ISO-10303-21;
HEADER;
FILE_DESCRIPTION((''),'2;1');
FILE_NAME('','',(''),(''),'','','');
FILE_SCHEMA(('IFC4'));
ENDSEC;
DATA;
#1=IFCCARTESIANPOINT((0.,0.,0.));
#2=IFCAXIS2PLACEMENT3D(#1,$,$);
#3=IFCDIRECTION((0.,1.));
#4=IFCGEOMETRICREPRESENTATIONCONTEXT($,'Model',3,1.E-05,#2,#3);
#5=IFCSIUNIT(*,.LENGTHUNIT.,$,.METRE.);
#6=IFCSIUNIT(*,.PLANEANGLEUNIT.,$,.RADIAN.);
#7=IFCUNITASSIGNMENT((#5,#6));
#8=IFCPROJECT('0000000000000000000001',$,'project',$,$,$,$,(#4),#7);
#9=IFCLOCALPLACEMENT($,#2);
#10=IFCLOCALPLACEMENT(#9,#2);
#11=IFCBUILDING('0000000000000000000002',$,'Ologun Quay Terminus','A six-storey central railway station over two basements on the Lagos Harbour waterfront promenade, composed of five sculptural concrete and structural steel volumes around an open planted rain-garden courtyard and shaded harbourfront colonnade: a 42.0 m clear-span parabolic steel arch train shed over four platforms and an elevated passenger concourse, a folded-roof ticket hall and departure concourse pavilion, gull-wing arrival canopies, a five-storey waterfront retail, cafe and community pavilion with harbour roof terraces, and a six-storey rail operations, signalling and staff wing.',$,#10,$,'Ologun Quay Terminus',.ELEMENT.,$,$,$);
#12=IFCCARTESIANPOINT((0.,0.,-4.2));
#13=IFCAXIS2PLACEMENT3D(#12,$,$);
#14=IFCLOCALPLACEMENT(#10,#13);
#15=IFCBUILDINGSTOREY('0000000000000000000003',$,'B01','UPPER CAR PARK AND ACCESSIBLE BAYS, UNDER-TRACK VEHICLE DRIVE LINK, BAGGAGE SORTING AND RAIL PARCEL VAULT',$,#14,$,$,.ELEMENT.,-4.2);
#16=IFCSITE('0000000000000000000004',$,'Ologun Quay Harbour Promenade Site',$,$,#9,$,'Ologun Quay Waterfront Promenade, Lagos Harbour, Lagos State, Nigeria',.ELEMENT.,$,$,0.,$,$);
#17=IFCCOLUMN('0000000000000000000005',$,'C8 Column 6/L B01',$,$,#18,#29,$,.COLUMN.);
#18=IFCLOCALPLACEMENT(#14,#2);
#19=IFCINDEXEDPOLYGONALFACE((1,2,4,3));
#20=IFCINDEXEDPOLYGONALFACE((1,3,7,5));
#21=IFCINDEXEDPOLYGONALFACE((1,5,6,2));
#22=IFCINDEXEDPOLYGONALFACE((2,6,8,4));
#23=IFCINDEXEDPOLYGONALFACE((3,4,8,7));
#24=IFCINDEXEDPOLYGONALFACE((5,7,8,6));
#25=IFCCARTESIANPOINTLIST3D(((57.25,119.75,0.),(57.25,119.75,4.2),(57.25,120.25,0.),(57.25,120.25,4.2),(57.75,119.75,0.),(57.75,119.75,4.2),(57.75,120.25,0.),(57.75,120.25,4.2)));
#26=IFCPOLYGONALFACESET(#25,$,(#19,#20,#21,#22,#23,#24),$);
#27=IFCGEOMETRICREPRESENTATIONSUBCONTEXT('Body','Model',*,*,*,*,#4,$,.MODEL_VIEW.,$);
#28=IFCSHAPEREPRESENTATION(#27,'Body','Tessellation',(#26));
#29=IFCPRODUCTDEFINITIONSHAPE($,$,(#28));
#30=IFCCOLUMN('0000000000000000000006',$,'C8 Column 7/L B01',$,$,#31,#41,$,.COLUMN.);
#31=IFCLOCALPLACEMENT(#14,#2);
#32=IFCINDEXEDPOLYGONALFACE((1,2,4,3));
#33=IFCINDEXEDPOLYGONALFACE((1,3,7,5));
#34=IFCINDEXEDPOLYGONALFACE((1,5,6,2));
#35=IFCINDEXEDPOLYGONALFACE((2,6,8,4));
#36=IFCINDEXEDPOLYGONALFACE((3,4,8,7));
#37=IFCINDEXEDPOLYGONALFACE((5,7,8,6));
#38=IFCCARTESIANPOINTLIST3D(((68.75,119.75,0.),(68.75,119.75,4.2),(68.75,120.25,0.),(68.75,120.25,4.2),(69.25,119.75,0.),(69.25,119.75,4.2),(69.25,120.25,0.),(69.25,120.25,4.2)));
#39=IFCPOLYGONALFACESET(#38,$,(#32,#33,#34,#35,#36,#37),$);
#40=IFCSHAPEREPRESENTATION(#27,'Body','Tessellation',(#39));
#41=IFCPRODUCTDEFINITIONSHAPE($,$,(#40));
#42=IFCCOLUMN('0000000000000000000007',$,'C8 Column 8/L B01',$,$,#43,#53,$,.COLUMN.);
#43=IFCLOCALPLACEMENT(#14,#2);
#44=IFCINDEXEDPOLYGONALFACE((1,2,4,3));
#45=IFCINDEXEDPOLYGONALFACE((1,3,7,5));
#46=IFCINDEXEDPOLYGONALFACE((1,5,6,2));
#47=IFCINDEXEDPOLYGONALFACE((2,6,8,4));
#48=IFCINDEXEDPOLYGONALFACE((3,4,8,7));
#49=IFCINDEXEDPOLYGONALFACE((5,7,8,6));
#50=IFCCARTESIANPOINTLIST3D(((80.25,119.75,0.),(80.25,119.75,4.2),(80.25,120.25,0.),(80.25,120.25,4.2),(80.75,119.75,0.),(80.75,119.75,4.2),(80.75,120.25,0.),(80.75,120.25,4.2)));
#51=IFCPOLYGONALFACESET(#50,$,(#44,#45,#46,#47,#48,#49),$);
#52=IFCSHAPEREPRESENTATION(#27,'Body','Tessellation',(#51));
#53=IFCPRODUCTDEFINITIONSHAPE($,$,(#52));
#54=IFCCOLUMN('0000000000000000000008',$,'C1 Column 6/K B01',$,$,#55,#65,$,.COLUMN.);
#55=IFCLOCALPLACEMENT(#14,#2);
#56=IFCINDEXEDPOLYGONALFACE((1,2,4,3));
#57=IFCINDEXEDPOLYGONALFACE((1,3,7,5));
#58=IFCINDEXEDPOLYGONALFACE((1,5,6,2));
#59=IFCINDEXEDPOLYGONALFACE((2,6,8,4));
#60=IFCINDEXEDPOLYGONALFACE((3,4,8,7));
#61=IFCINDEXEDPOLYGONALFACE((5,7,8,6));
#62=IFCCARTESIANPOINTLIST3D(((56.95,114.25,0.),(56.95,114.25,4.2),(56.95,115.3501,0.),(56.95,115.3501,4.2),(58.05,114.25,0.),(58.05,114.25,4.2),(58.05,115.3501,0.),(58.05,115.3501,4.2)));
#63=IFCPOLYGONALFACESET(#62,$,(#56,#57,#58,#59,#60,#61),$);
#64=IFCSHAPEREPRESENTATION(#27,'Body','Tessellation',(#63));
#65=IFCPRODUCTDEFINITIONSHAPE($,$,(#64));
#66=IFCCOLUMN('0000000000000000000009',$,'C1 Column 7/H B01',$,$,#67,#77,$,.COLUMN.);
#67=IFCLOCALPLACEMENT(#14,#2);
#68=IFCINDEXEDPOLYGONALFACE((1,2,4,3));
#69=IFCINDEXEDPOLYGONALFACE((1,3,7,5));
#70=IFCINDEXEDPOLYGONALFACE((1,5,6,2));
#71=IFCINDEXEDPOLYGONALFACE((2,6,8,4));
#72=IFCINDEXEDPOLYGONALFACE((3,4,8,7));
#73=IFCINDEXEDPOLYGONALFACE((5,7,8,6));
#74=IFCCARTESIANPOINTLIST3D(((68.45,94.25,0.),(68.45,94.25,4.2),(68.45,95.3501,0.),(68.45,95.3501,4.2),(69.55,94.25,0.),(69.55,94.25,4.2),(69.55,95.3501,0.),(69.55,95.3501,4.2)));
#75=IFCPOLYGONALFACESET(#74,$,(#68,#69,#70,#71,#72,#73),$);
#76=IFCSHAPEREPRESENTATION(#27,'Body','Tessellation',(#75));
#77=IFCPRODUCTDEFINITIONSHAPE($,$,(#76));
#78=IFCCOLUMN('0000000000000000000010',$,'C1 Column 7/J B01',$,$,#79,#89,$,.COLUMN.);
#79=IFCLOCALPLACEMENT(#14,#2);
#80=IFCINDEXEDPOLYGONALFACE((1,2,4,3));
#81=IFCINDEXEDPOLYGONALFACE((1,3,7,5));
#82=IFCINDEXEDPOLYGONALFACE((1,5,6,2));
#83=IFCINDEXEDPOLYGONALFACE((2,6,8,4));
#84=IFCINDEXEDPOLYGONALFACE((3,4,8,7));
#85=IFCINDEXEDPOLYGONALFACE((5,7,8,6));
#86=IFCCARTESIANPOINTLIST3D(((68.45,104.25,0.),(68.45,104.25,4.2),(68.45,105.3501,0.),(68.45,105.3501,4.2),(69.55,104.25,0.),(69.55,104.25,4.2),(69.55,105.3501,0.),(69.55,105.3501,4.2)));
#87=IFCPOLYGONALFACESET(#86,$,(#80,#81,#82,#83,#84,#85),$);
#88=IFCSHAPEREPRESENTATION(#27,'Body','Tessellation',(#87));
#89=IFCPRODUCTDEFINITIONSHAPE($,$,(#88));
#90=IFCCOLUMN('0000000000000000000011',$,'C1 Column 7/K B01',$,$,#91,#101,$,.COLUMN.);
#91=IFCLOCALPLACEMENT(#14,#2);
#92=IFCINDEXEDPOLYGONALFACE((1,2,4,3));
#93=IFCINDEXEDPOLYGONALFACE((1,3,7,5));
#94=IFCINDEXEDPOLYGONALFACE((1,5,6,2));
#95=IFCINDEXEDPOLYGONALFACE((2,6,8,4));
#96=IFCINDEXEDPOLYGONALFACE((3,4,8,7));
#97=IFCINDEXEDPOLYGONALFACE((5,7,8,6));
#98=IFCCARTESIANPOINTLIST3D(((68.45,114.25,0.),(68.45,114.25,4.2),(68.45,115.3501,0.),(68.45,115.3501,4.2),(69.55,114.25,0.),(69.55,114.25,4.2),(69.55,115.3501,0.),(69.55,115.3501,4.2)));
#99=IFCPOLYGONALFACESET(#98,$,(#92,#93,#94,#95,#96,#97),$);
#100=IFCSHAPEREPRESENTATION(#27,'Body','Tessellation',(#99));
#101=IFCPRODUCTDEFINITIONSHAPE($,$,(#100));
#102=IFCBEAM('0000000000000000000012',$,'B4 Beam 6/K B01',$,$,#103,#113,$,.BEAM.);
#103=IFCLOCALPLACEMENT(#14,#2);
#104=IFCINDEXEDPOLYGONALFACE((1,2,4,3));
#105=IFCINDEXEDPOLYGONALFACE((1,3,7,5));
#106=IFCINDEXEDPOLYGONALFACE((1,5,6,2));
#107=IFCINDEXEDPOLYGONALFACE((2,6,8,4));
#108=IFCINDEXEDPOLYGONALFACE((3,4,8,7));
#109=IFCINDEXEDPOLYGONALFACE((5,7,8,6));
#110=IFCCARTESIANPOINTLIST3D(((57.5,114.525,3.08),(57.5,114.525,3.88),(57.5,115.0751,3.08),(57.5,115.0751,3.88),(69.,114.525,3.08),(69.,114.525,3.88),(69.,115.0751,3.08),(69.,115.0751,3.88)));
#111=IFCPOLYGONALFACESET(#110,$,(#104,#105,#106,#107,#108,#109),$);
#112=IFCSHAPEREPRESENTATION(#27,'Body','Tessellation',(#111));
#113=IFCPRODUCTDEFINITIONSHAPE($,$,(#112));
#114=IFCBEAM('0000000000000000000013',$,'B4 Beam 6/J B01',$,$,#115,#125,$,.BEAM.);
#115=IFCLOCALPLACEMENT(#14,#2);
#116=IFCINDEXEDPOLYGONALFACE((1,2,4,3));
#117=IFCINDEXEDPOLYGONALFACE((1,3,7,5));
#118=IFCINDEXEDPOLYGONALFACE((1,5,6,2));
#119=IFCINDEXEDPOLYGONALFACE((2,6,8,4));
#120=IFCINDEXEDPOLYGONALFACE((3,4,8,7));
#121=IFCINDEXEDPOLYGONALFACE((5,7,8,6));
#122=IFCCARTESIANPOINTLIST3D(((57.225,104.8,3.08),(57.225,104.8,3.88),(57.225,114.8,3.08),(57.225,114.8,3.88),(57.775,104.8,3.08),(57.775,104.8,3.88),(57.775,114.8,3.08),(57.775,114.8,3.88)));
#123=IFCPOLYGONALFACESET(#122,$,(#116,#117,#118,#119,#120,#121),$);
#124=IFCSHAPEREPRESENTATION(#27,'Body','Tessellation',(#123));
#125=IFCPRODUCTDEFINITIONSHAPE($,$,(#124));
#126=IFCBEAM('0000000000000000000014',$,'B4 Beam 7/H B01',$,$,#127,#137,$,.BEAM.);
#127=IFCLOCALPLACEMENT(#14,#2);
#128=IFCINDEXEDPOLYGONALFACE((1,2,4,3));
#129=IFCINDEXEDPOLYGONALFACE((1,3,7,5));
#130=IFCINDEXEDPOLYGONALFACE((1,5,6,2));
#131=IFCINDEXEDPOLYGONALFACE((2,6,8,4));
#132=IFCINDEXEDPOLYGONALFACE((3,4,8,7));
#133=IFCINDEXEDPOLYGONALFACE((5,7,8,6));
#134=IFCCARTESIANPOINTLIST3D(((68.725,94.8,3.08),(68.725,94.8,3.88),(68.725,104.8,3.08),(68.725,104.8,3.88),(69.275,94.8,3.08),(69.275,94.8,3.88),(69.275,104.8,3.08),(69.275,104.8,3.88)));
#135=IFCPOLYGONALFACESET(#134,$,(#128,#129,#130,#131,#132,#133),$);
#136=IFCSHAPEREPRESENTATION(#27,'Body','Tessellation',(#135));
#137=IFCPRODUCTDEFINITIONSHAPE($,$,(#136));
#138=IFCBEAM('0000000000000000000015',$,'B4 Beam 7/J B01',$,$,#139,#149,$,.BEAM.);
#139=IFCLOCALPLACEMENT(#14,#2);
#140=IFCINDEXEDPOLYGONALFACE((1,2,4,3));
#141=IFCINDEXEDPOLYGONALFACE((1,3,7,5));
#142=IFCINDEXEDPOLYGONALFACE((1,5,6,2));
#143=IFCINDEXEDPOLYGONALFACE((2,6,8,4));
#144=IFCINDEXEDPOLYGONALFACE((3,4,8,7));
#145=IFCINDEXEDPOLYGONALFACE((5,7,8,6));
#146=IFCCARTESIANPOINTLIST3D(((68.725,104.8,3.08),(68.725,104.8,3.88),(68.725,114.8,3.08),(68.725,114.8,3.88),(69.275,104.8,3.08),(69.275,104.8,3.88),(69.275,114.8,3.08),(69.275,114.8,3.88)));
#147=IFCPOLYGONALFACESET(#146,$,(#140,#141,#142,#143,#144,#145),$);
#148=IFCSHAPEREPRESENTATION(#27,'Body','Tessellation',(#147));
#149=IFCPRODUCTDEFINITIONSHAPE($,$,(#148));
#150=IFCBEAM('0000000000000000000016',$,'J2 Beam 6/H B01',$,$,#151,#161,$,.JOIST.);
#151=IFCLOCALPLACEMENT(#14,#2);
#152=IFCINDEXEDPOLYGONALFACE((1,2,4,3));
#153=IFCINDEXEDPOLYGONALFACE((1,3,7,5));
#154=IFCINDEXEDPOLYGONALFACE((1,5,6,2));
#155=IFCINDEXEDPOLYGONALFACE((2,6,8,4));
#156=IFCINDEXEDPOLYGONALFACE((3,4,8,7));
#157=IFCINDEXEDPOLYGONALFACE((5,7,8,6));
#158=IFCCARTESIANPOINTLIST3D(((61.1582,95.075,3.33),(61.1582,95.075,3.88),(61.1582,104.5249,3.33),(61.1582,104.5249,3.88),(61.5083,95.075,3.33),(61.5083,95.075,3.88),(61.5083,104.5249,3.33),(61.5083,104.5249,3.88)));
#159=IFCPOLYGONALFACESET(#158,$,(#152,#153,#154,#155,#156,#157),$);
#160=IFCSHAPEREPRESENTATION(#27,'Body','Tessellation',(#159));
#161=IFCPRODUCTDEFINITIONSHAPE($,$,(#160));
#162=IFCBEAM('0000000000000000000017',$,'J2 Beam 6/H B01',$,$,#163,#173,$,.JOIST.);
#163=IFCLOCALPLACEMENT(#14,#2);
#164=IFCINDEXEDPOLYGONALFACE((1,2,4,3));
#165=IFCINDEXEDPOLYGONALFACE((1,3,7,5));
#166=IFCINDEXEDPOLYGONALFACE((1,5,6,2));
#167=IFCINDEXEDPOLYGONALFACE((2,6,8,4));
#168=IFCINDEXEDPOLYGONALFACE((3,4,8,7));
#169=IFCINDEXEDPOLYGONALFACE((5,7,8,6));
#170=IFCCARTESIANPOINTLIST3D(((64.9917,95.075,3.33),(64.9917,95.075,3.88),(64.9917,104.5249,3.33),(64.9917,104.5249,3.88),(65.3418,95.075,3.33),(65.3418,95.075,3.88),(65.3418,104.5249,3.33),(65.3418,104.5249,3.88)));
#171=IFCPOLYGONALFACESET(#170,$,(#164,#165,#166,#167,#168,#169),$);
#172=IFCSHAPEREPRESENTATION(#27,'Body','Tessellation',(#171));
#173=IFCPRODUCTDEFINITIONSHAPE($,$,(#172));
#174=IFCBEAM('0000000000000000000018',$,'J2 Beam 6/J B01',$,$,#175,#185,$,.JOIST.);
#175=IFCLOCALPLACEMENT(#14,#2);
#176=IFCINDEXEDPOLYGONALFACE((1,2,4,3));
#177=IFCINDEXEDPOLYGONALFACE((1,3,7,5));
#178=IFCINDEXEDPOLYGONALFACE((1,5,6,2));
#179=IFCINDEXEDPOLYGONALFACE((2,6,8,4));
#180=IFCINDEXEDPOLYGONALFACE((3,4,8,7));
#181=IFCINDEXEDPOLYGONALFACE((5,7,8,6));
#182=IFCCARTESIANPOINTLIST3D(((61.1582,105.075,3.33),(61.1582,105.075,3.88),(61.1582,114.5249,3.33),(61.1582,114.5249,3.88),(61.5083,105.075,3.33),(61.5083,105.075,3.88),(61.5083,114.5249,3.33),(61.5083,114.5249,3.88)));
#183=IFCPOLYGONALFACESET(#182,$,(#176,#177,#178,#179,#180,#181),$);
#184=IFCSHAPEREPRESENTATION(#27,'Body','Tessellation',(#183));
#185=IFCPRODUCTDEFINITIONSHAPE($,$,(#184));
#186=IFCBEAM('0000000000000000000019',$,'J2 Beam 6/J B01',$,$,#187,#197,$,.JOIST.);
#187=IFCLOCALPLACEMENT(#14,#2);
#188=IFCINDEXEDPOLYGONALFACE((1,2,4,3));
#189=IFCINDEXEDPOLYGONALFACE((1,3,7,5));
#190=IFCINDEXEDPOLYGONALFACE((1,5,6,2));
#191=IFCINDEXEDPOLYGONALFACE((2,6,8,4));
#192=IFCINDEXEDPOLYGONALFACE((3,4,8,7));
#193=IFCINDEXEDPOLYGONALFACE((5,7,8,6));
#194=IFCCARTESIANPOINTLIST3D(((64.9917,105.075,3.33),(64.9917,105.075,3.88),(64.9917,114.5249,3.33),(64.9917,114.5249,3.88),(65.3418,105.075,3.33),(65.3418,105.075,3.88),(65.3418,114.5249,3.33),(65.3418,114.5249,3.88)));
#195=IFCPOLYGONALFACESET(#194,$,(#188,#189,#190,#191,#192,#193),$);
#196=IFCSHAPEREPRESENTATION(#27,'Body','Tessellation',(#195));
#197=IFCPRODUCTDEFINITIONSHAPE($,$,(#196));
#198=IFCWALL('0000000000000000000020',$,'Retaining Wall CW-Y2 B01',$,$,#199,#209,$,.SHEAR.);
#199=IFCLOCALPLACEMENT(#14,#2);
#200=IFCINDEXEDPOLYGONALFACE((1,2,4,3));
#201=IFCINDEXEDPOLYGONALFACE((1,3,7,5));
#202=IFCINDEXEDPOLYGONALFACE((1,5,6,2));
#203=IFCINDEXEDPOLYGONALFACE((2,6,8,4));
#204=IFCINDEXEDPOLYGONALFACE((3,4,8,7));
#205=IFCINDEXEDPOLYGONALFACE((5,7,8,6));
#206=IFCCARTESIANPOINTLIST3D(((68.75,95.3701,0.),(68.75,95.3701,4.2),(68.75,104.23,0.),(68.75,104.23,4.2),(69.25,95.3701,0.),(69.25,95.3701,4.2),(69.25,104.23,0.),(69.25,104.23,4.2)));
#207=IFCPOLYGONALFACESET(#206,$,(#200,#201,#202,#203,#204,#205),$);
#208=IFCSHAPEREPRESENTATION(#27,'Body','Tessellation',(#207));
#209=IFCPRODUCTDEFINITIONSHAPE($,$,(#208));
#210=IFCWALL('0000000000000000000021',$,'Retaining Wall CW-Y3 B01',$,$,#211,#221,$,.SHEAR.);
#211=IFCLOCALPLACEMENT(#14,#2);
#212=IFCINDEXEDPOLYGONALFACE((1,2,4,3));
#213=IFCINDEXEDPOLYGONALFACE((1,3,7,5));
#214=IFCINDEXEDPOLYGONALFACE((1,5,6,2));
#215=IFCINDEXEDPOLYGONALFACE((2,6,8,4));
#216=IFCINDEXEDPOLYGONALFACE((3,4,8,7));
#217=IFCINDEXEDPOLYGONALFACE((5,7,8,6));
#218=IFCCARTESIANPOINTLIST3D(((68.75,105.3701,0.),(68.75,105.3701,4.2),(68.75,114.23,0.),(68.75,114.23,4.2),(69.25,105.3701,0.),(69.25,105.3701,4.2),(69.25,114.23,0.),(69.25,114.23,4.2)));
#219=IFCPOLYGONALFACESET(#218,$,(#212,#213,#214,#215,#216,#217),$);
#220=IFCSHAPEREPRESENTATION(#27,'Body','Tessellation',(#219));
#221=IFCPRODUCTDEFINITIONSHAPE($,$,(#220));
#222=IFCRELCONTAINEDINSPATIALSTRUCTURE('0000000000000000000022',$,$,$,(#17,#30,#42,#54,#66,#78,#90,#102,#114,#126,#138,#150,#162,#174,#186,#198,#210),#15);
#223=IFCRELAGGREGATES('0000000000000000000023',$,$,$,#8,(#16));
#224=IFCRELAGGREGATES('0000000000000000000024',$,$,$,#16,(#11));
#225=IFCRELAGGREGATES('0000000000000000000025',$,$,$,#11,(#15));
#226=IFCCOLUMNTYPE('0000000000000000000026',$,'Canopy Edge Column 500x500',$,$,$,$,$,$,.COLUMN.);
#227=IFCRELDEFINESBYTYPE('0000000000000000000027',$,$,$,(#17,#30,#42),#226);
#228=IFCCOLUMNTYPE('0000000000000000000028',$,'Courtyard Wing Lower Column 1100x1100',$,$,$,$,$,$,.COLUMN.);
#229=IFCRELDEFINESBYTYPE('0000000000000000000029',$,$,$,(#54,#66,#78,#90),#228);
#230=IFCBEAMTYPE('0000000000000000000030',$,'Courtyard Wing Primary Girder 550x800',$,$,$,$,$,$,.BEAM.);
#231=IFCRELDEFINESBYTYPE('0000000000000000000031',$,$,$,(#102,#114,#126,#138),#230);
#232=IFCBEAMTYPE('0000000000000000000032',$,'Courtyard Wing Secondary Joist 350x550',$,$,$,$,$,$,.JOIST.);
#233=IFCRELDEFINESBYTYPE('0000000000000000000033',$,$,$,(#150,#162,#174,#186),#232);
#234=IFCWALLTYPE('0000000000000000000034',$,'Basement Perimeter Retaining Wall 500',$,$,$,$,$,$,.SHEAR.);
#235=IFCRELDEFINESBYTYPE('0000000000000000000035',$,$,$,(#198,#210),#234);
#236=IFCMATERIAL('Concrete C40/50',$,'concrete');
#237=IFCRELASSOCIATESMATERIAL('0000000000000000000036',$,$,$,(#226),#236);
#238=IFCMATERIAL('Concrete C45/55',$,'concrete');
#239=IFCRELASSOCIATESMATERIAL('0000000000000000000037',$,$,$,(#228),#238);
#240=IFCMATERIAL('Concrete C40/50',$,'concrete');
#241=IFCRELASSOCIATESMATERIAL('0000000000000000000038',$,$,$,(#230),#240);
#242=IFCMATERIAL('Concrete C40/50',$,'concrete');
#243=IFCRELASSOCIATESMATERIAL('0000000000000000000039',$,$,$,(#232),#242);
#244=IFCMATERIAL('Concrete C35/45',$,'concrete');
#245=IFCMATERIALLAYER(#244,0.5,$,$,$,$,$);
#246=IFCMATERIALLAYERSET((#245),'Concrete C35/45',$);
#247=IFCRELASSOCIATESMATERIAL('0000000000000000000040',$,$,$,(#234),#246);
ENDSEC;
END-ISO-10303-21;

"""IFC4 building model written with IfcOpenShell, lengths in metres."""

from ifc_helpers import new_model, si_unit, direction, frame, frame_2d, origin, origin_2d, place, context, subcontext, project, spatial, rectangle, extrude, material, layer, layer_set, material_profile, profile_set, type_object, element, save


model = new_model("IFC4")

# Units and contexts
model_context = context("Model", 3, precision=1e-05, world=origin(), true_north=direction((0.0, 1.0)))
body_context = subcontext(model_context, "Body", "Model", "MODEL_VIEW")
ifc_project = project(units=[si_unit("LENGTHUNIT", "METRE"), si_unit("PLANEANGLEUNIT", "RADIAN")], contexts=[model_context])

# Site, building, storey
site_placement = place(None, origin())
site = spatial("IfcSite", under=ifc_project, at=site_placement, Name="Ologun Quay Harbour Promenade Site", LongName="Ologun Quay Waterfront Promenade, Lagos Harbour, Lagos State, Nigeria", CompositionType="ELEMENT", RefElevation=0.0)
building_placement = place(site_placement, origin())
building = spatial("IfcBuilding", under=site, at=building_placement, Name="Ologun Quay Terminus", Description="A six-storey central railway station over two basements on the Lagos Harbour waterfront promenade, composed of five sculptural concrete and structural steel volumes around an open planted rain-garden courtyard and shaded harbourfront colonnade: a 42.0 m clear-span parabolic steel arch train shed over four platforms and an elevated passenger concourse, a folded-roof ticket hall and departure concourse pavilion, gull-wing arrival canopies, a five-storey waterfront retail, cafe and community pavilion with harbour roof terraces, and a six-storey rail operations, signalling and staff wing.", LongName="Ologun Quay Terminus", CompositionType="ELEMENT")
storey_placement = place(building_placement, frame((0.0, 0.0, -4.2)))
storey = spatial("IfcBuildingStorey", under=building, at=storey_placement, Name="B01", Description="UPPER CAR PARK AND ACCESSIBLE BAYS, UNDER-TRACK VEHICLE DRIVE LINK, BAGGAGE SORTING AND RAIL PARCEL VAULT", CompositionType="ELEMENT", Elevation=-4.2)

# Columns
ifc_material_1 = material(Name="Concrete C40/50", Category="concrete")
ifc_material_profile_1 = material_profile(ifc_material_1, rectangle(XDim=0.5, YDim=0.5, at=origin_2d()), Name="RC 500x500")
ifc_profile_set_1 = profile_set([ifc_material_profile_1], Name="Concrete C40/50")
column_type_1 = type_object("IfcColumnType", Name="Canopy Edge Column 500x500", PredefinedType="COLUMN", material=ifc_profile_set_1)
for number, where, z_axis, x_axis, name in (
    (1, (57.5, 120.0, 0.0), (0.0, 0.0, 1.0), (1.0, 0.0, 0.0), "C8 Column 6/L B01"),
    (2, (69.0, 120.0, 0.0), (0.0, 0.0, 1.0), (1.0, 0.0, 0.0), "C8 Column 7/L B01"),
    (3, (80.5, 120.0, 0.0), (0.0, 0.0, 1.0), (1.0, 0.0, 0.0), "C8 Column 8/L B01"),
):
    element("IfcColumn", number, at=place(storey_placement, frame(where, z_axis=z_axis, x_axis=x_axis)), inside=storey, type_object=column_type_1, Name=name, PredefinedType="COLUMN", context=body_context, shape_type="SweptSolid", body=[
        extrude(rectangle(XDim=0.5, YDim=0.5, at=origin_2d()), origin(), (0.0, 0.0, 1.0), 4.2),
    ])
ifc_material_2 = material(Name="Concrete C45/55", Category="concrete")
ifc_material_profile_2 = material_profile(ifc_material_2, rectangle(XDim=1.1001, YDim=1.1001, at=origin_2d()), Name="RC 1100x1100")
ifc_profile_set_2 = profile_set([ifc_material_profile_2], Name="Concrete C45/55")
column_type_2 = type_object("IfcColumnType", Name="Courtyard Wing Lower Column 1100x1100", PredefinedType="COLUMN", material=ifc_profile_set_2)
for number, where, z_axis, x_axis, name in (
    (4, (57.5, 114.8, 0.0), (0.0, 0.0, 1.0), (1.0, 0.0, 0.0), "C1 Column 6/K B01"),
    (5, (69.0, 94.8, 0.0), (0.0, 0.0, 1.0), (1.0, 0.0, 0.0), "C1 Column 7/H B01"),
    (6, (69.0, 104.8, 0.0), (0.0, 0.0, 1.0), (1.0, 0.0, 0.0), "C1 Column 7/J B01"),
    (7, (69.0, 114.8, 0.0), (0.0, 0.0, 1.0), (1.0, 0.0, 0.0), "C1 Column 7/K B01"),
):
    element("IfcColumn", number, at=place(storey_placement, frame(where, z_axis=z_axis, x_axis=x_axis)), inside=storey, type_object=column_type_2, Name=name, PredefinedType="COLUMN", context=body_context, shape_type="SweptSolid", body=[
        extrude(rectangle(XDim=1.1001, YDim=1.1001, at=origin_2d()), origin(), (0.0, 0.0, 1.0), 4.2),
    ])

# Beams
ifc_material_3 = material(Name="Concrete C40/50", Category="concrete")
ifc_material_profile_3 = material_profile(ifc_material_3, rectangle(XDim=0.55, YDim=0.8, at=origin_2d()), Name="RC 550x800")
ifc_profile_set_3 = profile_set([ifc_material_profile_3], Name="Concrete C40/50")
beam_type_1 = type_object("IfcBeamType", Name="Courtyard Wing Primary Girder 550x800", PredefinedType="BEAM", material=ifc_profile_set_3)
beam_placement = place(storey_placement, frame((57.5, 114.8, 3.48), z_axis=(1.0, 0.0, 0.0), x_axis=(0.0, 1.0, 0.0)))
element("IfcBeam", 8, at=beam_placement, inside=storey, type_object=beam_type_1, Name="B4 Beam 6/K B01", PredefinedType="BEAM", context=body_context, shape_type="SweptSolid", body=[
    extrude(rectangle(XDim=0.55, YDim=0.8, at=origin_2d()), origin(), (0.0, 0.0, 1.0), 11.5),
])
for number, where, z_axis, x_axis, name in (
    (9, (57.5, 104.8, 3.48), (0.0, 1.0, 0.0), (-1.0, 0.0, 0.0), "B4 Beam 6/J B01"),
    (10, (69.0, 94.8, 3.48), (0.0, 1.0, 0.0), (-1.0, 0.0, 0.0), "B4 Beam 7/H B01"),
    (11, (69.0, 104.8, 3.48), (0.0, 1.0, 0.0), (-1.0, 0.0, 0.0), "B4 Beam 7/J B01"),
):
    element("IfcBeam", number, at=place(storey_placement, frame(where, z_axis=z_axis, x_axis=x_axis)), inside=storey, type_object=beam_type_1, Name=name, PredefinedType="BEAM", context=body_context, shape_type="SweptSolid", body=[
        extrude(rectangle(XDim=0.55, YDim=0.8, at=origin_2d()), origin(), (0.0, 0.0, 1.0), 10.0),
    ])
ifc_material_4 = material(Name="Concrete C40/50", Category="concrete")
ifc_material_profile_4 = material_profile(ifc_material_4, rectangle(XDim=0.3501, YDim=0.55, at=origin_2d()), Name="RC 350x550")
ifc_profile_set_4 = profile_set([ifc_material_profile_4], Name="Concrete C40/50")
beam_type_2 = type_object("IfcBeamType", Name="Courtyard Wing Secondary Joist 350x550", PredefinedType="JOIST", material=ifc_profile_set_4)
for number, where, z_axis, x_axis, name in (
    (12, (61.3333, 95.075, 3.605), (0.0, 1.0, 0.0), (-1.0, 0.0, 0.0), "J2 Beam 6/H B01"),
    (13, (65.1667, 95.075, 3.605), (0.0, 1.0, 0.0), (-1.0, 0.0, 0.0), "J2 Beam 6/H B01"),
    (14, (61.3333, 105.075, 3.605), (0.0, 1.0, 0.0), (-1.0, 0.0, 0.0), "J2 Beam 6/J B01"),
    (15, (65.1667, 105.075, 3.605), (0.0, 1.0, 0.0), (-1.0, 0.0, 0.0), "J2 Beam 6/J B01"),
):
    element("IfcBeam", number, at=place(storey_placement, frame(where, z_axis=z_axis, x_axis=x_axis)), inside=storey, type_object=beam_type_2, Name=name, PredefinedType="JOIST", context=body_context, shape_type="SweptSolid", body=[
        extrude(rectangle(XDim=0.3501, YDim=0.55, at=origin_2d()), origin(), (0.0, 0.0, 1.0), 9.45),
    ])

# Walls
ifc_material_5 = material(Name="Concrete C35/45", Category="concrete")
ifc_layer = layer(ifc_material_5, 0.5)
ifc_layer_set = layer_set([ifc_layer], Name="Concrete C35/45")
wall_type = type_object("IfcWallType", Name="Basement Perimeter Retaining Wall 500", PredefinedType="SHEAR", material=ifc_layer_set)
for number, where, z_axis, x_axis, name in (
    (16, (69.0, 95.3701, 0.0), (0.0, 0.0, 1.0), (0.0, 1.0, 0.0), "Retaining Wall CW-Y2 B01"),
    (17, (69.0, 105.3701, 0.0), (0.0, 0.0, 1.0), (0.0, 1.0, 0.0), "Retaining Wall CW-Y3 B01"),
):
    element("IfcWall", number, at=place(storey_placement, frame(where, z_axis=z_axis, x_axis=x_axis)), inside=storey, type_object=wall_type, Name=name, PredefinedType="SHEAR", context=body_context, shape_type="SweptSolid", body=[
        extrude(rectangle(XDim=8.8599, YDim=0.5, at=frame_2d((4.4299, 0.0))), origin(), (0.0, 0.0, 1.0), 4.2),
    ])

save(model, "model.ifc")
